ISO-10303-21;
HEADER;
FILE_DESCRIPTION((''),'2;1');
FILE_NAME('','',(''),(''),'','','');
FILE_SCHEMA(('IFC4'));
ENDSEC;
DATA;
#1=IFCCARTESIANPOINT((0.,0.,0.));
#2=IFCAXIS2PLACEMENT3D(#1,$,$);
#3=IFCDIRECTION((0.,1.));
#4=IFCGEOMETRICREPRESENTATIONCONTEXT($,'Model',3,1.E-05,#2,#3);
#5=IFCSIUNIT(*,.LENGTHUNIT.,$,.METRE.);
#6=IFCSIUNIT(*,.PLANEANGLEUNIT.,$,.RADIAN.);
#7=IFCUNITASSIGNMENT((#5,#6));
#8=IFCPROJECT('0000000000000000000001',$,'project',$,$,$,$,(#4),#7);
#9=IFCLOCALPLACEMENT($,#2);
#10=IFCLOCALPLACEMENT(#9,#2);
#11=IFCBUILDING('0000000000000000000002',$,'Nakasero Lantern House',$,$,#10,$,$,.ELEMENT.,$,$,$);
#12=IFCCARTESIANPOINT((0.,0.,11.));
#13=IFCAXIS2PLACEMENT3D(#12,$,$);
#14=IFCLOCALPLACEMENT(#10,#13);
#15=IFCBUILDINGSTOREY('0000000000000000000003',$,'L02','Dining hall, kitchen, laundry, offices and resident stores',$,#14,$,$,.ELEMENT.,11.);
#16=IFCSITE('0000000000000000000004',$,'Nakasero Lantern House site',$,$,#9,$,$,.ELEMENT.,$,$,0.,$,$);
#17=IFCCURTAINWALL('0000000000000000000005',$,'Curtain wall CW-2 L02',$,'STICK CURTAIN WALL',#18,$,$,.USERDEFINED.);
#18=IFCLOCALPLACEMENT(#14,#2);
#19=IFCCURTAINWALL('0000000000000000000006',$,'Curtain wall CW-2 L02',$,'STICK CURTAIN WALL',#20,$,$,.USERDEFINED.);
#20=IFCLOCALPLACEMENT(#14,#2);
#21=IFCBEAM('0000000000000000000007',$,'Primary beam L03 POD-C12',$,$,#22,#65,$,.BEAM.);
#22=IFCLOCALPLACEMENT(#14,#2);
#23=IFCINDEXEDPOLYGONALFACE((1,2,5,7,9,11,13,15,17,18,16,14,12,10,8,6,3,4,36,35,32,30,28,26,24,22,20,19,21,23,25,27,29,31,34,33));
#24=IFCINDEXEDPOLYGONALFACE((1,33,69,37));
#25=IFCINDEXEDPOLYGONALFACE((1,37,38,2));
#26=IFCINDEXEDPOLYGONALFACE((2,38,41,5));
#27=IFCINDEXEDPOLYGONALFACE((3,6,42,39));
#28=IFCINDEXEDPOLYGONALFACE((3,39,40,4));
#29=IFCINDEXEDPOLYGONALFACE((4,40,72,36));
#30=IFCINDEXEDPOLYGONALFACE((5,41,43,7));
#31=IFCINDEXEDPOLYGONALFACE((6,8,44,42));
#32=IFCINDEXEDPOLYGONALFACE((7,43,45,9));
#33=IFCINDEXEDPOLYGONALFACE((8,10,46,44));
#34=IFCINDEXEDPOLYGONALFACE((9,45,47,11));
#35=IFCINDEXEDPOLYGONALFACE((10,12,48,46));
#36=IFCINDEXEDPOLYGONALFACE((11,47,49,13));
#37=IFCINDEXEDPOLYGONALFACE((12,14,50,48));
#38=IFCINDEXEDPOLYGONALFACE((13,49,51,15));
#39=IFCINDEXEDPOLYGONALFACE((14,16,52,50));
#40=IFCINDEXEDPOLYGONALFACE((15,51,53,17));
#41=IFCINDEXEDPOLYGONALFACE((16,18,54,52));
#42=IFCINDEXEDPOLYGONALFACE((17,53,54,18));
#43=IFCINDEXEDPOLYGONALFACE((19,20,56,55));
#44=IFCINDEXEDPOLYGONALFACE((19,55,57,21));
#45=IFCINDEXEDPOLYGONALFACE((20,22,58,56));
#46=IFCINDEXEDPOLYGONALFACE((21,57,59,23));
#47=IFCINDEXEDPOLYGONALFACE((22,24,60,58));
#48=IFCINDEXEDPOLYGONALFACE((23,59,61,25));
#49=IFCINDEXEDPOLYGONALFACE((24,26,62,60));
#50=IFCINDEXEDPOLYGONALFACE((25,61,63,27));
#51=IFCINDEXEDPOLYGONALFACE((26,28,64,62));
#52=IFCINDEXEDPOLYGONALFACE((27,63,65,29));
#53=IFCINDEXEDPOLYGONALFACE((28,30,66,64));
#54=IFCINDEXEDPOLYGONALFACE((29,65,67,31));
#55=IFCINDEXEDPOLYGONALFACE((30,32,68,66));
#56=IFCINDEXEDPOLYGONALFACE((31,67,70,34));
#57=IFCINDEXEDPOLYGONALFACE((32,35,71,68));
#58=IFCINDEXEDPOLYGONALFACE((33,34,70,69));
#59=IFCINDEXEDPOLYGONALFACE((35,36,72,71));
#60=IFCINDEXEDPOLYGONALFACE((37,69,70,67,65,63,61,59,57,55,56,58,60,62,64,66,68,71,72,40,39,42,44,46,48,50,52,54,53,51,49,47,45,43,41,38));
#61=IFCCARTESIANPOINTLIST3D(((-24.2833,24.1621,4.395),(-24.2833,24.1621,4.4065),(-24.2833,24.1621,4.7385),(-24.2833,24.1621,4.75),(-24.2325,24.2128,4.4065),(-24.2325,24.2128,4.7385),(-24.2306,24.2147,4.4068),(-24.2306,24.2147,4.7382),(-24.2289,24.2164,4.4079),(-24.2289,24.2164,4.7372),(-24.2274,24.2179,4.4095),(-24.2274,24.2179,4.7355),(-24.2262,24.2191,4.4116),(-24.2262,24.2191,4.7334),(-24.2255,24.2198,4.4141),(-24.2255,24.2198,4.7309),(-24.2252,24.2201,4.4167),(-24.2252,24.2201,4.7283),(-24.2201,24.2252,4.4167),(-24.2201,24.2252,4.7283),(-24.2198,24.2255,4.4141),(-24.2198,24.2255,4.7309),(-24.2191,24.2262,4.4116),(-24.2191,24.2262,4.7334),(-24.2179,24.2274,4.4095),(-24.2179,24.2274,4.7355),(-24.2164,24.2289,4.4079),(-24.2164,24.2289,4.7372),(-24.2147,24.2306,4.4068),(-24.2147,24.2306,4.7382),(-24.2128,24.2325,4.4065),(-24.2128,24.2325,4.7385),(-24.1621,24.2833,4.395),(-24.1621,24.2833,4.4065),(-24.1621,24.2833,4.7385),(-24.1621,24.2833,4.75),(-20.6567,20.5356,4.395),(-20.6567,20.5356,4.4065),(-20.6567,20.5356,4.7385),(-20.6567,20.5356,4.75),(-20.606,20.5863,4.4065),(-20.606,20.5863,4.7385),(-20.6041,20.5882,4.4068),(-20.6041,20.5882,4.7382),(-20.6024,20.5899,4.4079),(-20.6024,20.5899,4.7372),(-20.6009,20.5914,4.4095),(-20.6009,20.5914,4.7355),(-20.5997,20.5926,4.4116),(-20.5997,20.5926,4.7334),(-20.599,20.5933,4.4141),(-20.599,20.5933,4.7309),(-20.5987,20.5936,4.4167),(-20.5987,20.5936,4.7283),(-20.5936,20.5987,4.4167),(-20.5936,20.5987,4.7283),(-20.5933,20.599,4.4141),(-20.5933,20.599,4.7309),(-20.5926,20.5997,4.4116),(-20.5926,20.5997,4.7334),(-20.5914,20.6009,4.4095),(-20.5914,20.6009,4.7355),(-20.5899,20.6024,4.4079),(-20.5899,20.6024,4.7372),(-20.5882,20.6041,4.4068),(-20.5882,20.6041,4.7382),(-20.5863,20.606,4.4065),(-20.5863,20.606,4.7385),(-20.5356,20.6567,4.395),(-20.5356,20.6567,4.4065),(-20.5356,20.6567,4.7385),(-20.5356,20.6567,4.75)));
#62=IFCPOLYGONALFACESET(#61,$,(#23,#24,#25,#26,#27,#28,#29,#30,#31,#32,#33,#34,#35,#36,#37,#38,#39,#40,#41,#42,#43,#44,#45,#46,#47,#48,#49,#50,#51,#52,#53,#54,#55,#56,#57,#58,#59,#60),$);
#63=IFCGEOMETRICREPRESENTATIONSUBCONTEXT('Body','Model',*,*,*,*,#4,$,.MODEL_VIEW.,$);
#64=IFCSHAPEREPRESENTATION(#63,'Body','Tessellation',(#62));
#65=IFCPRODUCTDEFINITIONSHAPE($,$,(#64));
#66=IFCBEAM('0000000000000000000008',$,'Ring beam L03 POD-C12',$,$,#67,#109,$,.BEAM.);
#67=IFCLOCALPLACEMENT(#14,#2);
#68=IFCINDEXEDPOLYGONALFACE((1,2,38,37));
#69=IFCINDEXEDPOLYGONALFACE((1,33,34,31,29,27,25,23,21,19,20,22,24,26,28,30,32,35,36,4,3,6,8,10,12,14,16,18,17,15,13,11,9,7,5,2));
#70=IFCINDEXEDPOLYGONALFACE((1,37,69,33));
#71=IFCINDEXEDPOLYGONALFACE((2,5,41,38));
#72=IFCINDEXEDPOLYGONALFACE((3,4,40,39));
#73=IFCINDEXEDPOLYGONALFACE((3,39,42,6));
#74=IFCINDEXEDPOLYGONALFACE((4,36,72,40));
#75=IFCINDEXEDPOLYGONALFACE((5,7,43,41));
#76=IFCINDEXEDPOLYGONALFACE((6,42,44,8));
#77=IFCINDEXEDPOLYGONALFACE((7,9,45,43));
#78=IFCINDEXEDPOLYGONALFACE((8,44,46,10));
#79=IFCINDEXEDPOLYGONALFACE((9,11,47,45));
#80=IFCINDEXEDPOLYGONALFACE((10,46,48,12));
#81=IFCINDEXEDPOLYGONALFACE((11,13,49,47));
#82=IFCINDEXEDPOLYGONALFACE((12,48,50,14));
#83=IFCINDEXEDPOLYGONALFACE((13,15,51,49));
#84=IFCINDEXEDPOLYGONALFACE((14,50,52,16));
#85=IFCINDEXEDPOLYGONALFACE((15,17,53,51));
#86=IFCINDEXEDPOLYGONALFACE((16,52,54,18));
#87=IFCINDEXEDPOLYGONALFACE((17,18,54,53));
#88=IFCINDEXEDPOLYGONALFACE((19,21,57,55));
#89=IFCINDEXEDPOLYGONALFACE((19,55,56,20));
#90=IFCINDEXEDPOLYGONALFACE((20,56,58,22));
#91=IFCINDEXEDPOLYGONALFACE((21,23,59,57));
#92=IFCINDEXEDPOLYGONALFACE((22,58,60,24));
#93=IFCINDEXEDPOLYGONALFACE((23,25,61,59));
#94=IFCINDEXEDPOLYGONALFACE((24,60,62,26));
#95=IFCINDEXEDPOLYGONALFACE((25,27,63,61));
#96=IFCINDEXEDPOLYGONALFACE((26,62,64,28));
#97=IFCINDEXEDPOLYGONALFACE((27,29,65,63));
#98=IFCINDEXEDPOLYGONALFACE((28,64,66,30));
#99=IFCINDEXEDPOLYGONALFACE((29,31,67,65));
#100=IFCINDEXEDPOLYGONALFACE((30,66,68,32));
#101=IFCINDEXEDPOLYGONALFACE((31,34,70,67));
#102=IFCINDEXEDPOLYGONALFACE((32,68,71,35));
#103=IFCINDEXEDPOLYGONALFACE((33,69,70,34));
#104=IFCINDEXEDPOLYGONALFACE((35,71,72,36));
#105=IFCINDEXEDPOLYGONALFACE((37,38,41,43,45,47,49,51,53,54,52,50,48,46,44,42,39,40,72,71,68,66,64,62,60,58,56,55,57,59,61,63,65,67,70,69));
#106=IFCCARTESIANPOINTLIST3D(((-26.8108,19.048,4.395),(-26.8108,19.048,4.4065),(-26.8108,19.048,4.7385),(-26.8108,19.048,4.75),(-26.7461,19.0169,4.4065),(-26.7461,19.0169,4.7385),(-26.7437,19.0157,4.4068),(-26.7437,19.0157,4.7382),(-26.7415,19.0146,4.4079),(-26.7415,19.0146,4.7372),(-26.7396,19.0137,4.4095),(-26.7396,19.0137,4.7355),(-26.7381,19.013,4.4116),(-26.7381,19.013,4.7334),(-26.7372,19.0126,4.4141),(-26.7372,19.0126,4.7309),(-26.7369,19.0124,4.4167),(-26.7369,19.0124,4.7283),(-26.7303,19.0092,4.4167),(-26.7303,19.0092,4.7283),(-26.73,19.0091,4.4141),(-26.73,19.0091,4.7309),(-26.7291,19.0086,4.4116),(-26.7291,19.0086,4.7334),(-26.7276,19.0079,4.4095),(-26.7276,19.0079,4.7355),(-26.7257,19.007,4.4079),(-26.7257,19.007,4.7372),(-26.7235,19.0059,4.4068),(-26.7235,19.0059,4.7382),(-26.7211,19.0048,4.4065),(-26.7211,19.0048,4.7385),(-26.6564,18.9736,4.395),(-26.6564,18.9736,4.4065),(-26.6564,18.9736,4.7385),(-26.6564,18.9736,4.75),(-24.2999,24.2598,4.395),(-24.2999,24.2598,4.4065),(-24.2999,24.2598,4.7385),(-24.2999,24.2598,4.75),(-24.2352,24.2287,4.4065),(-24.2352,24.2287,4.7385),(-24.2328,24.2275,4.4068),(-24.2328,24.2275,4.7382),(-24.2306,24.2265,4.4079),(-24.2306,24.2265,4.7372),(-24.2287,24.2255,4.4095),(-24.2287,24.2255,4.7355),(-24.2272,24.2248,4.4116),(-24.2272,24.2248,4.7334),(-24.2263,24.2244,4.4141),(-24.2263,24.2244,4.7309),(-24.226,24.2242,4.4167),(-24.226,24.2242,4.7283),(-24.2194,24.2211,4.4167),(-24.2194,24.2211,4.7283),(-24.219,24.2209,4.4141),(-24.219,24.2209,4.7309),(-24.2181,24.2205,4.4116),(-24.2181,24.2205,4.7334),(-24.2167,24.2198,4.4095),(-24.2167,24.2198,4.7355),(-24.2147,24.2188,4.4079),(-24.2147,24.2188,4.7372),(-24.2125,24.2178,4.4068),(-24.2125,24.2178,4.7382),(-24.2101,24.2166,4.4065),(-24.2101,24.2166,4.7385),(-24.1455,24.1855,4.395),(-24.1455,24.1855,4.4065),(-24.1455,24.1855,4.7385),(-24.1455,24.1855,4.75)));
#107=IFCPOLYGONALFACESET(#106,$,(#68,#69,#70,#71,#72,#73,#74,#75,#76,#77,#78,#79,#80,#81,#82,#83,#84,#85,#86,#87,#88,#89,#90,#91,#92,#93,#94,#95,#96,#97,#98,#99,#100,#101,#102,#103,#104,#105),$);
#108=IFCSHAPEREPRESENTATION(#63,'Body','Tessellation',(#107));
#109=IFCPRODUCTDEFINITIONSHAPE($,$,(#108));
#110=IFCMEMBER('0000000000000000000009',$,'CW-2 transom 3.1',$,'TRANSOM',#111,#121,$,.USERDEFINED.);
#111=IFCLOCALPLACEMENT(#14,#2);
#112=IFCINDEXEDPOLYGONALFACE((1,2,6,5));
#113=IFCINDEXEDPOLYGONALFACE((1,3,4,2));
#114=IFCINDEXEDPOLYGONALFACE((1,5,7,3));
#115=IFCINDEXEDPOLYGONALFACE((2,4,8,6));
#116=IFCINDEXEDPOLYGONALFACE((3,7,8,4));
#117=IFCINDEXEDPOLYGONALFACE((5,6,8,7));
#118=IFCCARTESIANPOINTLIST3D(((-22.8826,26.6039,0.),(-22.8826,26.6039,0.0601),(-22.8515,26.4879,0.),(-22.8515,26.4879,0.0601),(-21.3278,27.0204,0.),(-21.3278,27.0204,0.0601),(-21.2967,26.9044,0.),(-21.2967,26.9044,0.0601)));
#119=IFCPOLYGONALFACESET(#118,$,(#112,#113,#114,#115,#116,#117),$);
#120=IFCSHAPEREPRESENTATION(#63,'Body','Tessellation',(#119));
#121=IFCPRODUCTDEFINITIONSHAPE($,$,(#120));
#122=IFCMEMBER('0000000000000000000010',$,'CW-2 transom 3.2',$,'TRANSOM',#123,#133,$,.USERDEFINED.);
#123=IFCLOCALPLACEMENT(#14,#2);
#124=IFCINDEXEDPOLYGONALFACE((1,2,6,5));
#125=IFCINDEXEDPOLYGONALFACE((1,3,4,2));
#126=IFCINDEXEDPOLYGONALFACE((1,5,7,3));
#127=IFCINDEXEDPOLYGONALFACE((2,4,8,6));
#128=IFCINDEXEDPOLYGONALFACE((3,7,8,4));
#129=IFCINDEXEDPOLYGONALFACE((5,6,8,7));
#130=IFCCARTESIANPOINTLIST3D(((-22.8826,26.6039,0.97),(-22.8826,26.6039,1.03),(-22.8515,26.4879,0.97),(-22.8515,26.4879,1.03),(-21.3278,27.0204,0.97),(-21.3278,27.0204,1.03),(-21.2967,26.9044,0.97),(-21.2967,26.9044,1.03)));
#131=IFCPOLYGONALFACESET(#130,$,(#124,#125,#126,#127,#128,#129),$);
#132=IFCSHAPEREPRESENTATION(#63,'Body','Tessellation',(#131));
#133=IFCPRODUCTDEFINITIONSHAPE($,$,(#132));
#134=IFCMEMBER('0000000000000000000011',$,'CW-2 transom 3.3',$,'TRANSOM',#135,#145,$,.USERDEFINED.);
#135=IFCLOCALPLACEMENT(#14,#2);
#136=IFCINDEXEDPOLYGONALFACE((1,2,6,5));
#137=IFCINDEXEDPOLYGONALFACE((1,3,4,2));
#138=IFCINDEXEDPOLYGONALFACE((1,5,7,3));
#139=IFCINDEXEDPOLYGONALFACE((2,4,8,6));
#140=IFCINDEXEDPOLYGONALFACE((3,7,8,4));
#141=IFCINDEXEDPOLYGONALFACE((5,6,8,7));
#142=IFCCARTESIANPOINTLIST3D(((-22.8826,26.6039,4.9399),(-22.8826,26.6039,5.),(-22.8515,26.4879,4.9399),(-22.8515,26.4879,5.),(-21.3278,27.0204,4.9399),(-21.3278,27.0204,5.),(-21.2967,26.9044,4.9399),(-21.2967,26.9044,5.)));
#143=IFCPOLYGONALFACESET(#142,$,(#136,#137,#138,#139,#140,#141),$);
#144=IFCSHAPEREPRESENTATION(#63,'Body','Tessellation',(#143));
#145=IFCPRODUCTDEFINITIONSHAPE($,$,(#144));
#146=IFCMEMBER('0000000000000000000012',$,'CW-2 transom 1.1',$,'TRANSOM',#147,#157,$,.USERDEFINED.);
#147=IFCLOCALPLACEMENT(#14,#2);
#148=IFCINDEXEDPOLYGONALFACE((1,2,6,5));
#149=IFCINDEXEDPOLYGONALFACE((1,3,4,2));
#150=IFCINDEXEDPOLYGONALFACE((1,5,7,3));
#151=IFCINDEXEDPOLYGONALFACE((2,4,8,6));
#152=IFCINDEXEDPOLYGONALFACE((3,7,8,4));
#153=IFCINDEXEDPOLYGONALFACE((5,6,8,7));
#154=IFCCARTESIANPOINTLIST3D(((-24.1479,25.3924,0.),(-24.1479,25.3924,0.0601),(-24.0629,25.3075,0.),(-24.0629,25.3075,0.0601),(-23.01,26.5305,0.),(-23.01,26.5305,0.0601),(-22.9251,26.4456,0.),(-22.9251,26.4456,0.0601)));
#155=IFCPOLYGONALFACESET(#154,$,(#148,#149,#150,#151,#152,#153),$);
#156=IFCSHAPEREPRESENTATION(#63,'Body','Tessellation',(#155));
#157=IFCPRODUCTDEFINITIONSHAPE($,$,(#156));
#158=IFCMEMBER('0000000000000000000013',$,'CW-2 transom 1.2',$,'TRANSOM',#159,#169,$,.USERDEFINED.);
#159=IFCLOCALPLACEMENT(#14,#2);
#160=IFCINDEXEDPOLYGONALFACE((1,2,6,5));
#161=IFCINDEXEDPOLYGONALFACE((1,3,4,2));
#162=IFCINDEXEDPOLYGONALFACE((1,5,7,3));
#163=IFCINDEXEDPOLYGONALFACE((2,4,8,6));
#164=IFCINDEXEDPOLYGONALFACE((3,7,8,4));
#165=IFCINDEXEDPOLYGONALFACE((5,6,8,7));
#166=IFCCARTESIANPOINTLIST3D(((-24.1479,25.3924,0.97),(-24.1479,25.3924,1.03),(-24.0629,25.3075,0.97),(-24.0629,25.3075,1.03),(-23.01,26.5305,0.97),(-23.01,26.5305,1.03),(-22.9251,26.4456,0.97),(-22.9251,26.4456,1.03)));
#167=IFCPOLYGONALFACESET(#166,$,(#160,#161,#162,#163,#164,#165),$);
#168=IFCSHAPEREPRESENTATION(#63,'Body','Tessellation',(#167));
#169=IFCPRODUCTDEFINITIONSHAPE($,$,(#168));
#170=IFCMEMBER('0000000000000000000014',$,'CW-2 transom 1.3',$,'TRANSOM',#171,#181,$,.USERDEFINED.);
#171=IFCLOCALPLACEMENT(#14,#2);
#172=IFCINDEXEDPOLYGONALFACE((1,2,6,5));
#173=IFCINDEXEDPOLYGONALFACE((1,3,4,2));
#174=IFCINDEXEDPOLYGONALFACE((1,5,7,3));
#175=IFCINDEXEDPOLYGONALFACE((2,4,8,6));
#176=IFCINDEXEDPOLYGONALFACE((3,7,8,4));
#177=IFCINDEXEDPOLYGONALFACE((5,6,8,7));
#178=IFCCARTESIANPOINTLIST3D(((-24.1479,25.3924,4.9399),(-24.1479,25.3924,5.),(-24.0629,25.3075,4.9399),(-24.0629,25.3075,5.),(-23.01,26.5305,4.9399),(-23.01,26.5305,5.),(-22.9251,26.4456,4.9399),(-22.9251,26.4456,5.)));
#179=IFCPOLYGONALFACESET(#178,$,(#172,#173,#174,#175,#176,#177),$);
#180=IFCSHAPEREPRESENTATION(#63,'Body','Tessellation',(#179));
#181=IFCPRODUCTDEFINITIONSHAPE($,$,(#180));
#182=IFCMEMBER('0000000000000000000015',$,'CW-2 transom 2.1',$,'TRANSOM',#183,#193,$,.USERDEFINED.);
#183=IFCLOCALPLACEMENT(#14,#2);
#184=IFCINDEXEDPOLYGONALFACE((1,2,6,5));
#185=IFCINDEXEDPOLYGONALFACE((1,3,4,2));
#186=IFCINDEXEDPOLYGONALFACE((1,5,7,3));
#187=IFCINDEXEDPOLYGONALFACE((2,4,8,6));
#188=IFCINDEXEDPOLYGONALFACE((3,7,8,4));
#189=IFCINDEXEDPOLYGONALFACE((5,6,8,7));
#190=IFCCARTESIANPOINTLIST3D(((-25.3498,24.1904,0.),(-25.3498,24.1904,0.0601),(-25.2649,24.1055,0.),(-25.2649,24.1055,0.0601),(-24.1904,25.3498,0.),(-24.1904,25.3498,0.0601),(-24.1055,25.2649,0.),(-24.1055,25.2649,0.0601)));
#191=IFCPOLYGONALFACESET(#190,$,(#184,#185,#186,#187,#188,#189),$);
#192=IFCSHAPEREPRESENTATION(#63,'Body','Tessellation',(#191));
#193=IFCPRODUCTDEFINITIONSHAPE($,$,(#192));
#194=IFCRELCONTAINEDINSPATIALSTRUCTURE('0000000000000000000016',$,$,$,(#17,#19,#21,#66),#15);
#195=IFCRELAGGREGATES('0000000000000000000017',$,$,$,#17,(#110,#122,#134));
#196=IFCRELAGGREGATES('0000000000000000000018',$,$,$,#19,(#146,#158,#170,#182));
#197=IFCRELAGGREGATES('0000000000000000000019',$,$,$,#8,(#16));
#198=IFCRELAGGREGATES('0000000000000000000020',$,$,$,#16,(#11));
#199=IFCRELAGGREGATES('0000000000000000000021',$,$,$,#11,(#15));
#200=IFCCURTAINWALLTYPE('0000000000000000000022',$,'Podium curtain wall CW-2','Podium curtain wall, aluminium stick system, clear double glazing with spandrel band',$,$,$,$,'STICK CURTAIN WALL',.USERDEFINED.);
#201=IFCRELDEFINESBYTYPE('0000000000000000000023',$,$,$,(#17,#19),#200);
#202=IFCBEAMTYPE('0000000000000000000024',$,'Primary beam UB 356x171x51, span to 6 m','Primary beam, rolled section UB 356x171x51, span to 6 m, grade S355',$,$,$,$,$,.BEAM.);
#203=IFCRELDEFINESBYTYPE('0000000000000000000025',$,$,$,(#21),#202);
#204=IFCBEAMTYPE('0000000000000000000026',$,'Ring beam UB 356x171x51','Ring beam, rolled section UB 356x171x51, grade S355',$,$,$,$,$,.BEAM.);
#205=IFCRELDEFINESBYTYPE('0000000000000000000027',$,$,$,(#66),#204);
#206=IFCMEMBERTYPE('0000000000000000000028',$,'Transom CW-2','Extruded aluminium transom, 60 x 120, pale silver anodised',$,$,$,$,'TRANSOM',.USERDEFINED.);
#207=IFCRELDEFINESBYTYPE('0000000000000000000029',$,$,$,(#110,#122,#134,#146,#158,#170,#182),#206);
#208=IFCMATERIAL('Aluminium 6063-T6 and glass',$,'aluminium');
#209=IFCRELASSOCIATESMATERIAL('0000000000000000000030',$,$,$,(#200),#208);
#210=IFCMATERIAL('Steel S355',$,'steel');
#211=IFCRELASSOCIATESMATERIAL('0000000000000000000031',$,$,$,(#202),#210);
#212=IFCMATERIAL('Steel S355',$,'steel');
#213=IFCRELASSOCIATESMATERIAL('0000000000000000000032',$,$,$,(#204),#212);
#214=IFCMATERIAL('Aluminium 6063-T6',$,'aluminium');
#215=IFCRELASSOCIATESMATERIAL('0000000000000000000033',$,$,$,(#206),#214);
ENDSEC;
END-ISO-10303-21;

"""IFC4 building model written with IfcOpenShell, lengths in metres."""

from ifc_helpers import new_model, si_unit, direction, frame, origin, origin_2d, place, context, subcontext, project, spatial, rectangle, i_section, extrude, material, material_profile, profile_set, type_object, element, aggregate, save


model = new_model("IFC4")

# Units and contexts
model_context = context("Model", 3, precision=1e-05, world=origin(), true_north=direction((0.0, 1.0)))
body_context = subcontext(model_context, "Body", "Model", "MODEL_VIEW")
ifc_project = project(units=[si_unit("LENGTHUNIT", "METRE"), si_unit("PLANEANGLEUNIT", "RADIAN")], contexts=[model_context])

# Site, building, storey
site_placement = place(None, origin())
site = spatial("IfcSite", under=ifc_project, at=site_placement, Name="Nakasero Lantern House site", CompositionType="ELEMENT", RefElevation=0.0)
building_placement = place(site_placement, origin())
building = spatial("IfcBuilding", under=site, at=building_placement, Name="Nakasero Lantern House", CompositionType="ELEMENT")
storey_placement = place(building_placement, frame((0.0, 0.0, 11.0)))
storey = spatial("IfcBuildingStorey", under=building, at=storey_placement, Name="L02", Description="Dining hall, kitchen, laundry, offices and resident stores", CompositionType="ELEMENT", Elevation=11.0)

# Curtain walls
ifc_material_1 = material(Name="Aluminium 6063-T6 and glass", Category="aluminium")
curtain_wall_type = type_object("IfcCurtainWallType", Name="Podium curtain wall CW-2", Description="Podium curtain wall, aluminium stick system, clear double glazing with spandrel band", ElementType="STICK CURTAIN WALL", PredefinedType="USERDEFINED", material=ifc_material_1)
curtain_wall_1_placement = place(storey_placement, origin())
curtain_wall_1 = element("IfcCurtainWall", 1, at=curtain_wall_1_placement, inside=storey, type_object=curtain_wall_type, Name="Curtain wall CW-2 L02", ObjectType="STICK CURTAIN WALL", PredefinedType="USERDEFINED")
curtain_wall_2_placement = place(storey_placement, origin())
curtain_wall_2 = element("IfcCurtainWall", 2, at=curtain_wall_2_placement, inside=storey, type_object=curtain_wall_type, Name="Curtain wall CW-2 L02", ObjectType="STICK CURTAIN WALL", PredefinedType="USERDEFINED")

# Beams
ifc_material_2 = material(Name="Steel S355", Category="steel")
ifc_material_profile_1 = material_profile(ifc_material_2, i_section(OverallWidth=0.1714, OverallDepth=0.355, WebThickness=0.0073, FlangeThickness=0.0115, FilletRadius=0.0103, at=origin_2d()), Name="UB 356x171x51")
ifc_profile_set_1 = profile_set([ifc_material_profile_1], Name="Steel S355")
beam_type_1 = type_object("IfcBeamType", Name="Primary beam UB 356x171x51, span to 6 m", Description="Primary beam, rolled section UB 356x171x51, span to 6 m, grade S355", PredefinedType="BEAM", material=ifc_profile_set_1)
beam_1_placement = place(storey_placement, frame((-24.2227, 24.2227, 4.5725), z_axis=(0.707107, -0.707107, 0.0), x_axis=(0.707107, 0.707107, 0.0)))
element("IfcBeam", 3, at=beam_1_placement, inside=storey, type_object=beam_type_1, Name="Primary beam L03 POD-C12", PredefinedType="BEAM", context=body_context, shape_type="SweptSolid", body=[
    extrude(i_section(OverallWidth=0.1714, OverallDepth=0.355, WebThickness=0.0073, FlangeThickness=0.0115, FilletRadius=0.0103, at=origin_2d()), origin(), (0.0, 0.0, 1.0), 5.1287),
])
ifc_material_3 = material(Name="Steel S355", Category="steel")
ifc_material_profile_2 = material_profile(ifc_material_3, i_section(OverallWidth=0.1714, OverallDepth=0.355, WebThickness=0.0073, FlangeThickness=0.0115, FilletRadius=0.0103, at=origin_2d()), Name="UB 356x171x51")
ifc_profile_set_2 = profile_set([ifc_material_profile_2], Name="Steel S355")
beam_type_2 = type_object("IfcBeamType", Name="Ring beam UB 356x171x51", Description="Ring beam, rolled section UB 356x171x51, grade S355", PredefinedType="BEAM", material=ifc_profile_set_2)
beam_2_placement = place(storey_placement, frame((-24.2227, 24.2227, 4.5725), z_axis=(-0.434033, -0.900897, 0.0), x_axis=(0.900897, -0.434033, 0.0)))
element("IfcBeam", 4, at=beam_2_placement, inside=storey, type_object=beam_type_2, Name="Ring beam L03 POD-C12", PredefinedType="BEAM", context=body_context, shape_type="SweptSolid", body=[
    extrude(i_section(OverallWidth=0.1714, OverallDepth=0.355, WebThickness=0.0073, FlangeThickness=0.0115, FilletRadius=0.0103, at=origin_2d()), origin(), (0.0, 0.0, 1.0), 5.7852),
])

# Members
ifc_material_4 = material(Name="Aluminium 6063-T6", Category="aluminium")
ifc_material_profile_3 = material_profile(ifc_material_4, rectangle(XDim=0.0601, YDim=0.1201, at=origin_2d()), Name="CW-2 transom 60x120")
ifc_profile_set_3 = profile_set([ifc_material_profile_3], Name="Aluminium 6063-T6")
member_type_1 = type_object("IfcMemberType", Name="Transom CW-2", Description="Extruded aluminium transom, 60 x 120, pale silver anodised", ElementType="TRANSOM", PredefinedType="USERDEFINED", material=ifc_profile_set_3)
member_1_placement = place(storey_placement, frame((-21.3123, 26.9624, 0.03), z_axis=(-0.965937, -0.258777, 0.0), x_axis=(0.0, 0.0, 1.0)))
member_1 = element("IfcMember", 5, at=member_1_placement, type_object=member_type_1, Name="CW-2 transom 3.1", ObjectType="TRANSOM", PredefinedType="USERDEFINED", context=body_context, shape_type="SweptSolid", body=[
    extrude(rectangle(XDim=0.0601, YDim=0.1201, at=origin_2d()), origin(), (0.0, 0.0, 1.0), 1.6096),
])
member_2_placement = place(storey_placement, frame((-21.3123, 26.9624, 1.0), z_axis=(-0.965937, -0.258777, 0.0), x_axis=(0.0, 0.0, 1.0)))
member_2 = element("IfcMember", 6, at=member_2_placement, type_object=member_type_1, Name="CW-2 transom 3.2", ObjectType="TRANSOM", PredefinedType="USERDEFINED", context=body_context, shape_type="SweptSolid", body=[
    extrude(rectangle(XDim=0.0601, YDim=0.1201, at=origin_2d()), origin(), (0.0, 0.0, 1.0), 1.6096),
])
member_3_placement = place(storey_placement, frame((-21.3123, 26.9624, 4.97), z_axis=(-0.965937, -0.258777, 0.0), x_axis=(0.0, 0.0, 1.0)))
member_3 = element("IfcMember", 7, at=member_3_placement, type_object=member_type_1, Name="CW-2 transom 3.3", ObjectType="TRANSOM", PredefinedType="USERDEFINED", context=body_context, shape_type="SweptSolid", body=[
    extrude(rectangle(XDim=0.0601, YDim=0.1201, at=origin_2d()), origin(), (0.0, 0.0, 1.0), 1.6096),
])
member_4_placement = place(storey_placement, frame((-22.9675, 26.488, 0.03), z_axis=(-0.707031, -0.707183, 0.0), x_axis=(0.0, 0.0, 1.0)))
member_4 = element("IfcMember", 8, at=member_4_placement, type_object=member_type_1, Name="CW-2 transom 1.1", ObjectType="TRANSOM", PredefinedType="USERDEFINED", context=body_context, shape_type="SweptSolid", body=[
    extrude(rectangle(XDim=0.0601, YDim=0.1201, at=origin_2d()), origin(), (0.0, 0.0, 1.0), 1.6094),
])
member_5_placement = place(storey_placement, frame((-22.9675, 26.488, 1.0), z_axis=(-0.707031, -0.707183, 0.0), x_axis=(0.0, 0.0, 1.0)))
member_5 = element("IfcMember", 9, at=member_5_placement, type_object=member_type_1, Name="CW-2 transom 1.2", ObjectType="TRANSOM", PredefinedType="USERDEFINED", context=body_context, shape_type="SweptSolid", body=[
    extrude(rectangle(XDim=0.0601, YDim=0.1201, at=origin_2d()), origin(), (0.0, 0.0, 1.0), 1.6094),
])
member_6_placement = place(storey_placement, frame((-22.9675, 26.488, 4.97), z_axis=(-0.707031, -0.707183, 0.0), x_axis=(0.0, 0.0, 1.0)))
member_6 = element("IfcMember", 10, at=member_6_placement, type_object=member_type_1, Name="CW-2 transom 1.3", ObjectType="TRANSOM", PredefinedType="USERDEFINED", context=body_context, shape_type="SweptSolid", body=[
    extrude(rectangle(XDim=0.0601, YDim=0.1201, at=origin_2d()), origin(), (0.0, 0.0, 1.0), 1.6094),
])
member_7_placement = place(storey_placement, frame((-24.1479, 25.3074, 0.03), z_axis=(-0.707107, -0.707107, 0.0), x_axis=(0.0, 0.0, 1.0)))
member_7 = element("IfcMember", 11, at=member_7_placement, type_object=member_type_1, Name="CW-2 transom 2.1", ObjectType="TRANSOM", PredefinedType="USERDEFINED", context=body_context, shape_type="SweptSolid", body=[
    extrude(rectangle(XDim=0.0601, YDim=0.1201, at=origin_2d()), origin(), (0.0, 0.0, 1.0), 1.6396),
])

aggregate(curtain_wall_1, [member_1, member_2, member_3])
aggregate(curtain_wall_2, [member_4, member_5, member_6, member_7])

save(model, "model.ifc")
